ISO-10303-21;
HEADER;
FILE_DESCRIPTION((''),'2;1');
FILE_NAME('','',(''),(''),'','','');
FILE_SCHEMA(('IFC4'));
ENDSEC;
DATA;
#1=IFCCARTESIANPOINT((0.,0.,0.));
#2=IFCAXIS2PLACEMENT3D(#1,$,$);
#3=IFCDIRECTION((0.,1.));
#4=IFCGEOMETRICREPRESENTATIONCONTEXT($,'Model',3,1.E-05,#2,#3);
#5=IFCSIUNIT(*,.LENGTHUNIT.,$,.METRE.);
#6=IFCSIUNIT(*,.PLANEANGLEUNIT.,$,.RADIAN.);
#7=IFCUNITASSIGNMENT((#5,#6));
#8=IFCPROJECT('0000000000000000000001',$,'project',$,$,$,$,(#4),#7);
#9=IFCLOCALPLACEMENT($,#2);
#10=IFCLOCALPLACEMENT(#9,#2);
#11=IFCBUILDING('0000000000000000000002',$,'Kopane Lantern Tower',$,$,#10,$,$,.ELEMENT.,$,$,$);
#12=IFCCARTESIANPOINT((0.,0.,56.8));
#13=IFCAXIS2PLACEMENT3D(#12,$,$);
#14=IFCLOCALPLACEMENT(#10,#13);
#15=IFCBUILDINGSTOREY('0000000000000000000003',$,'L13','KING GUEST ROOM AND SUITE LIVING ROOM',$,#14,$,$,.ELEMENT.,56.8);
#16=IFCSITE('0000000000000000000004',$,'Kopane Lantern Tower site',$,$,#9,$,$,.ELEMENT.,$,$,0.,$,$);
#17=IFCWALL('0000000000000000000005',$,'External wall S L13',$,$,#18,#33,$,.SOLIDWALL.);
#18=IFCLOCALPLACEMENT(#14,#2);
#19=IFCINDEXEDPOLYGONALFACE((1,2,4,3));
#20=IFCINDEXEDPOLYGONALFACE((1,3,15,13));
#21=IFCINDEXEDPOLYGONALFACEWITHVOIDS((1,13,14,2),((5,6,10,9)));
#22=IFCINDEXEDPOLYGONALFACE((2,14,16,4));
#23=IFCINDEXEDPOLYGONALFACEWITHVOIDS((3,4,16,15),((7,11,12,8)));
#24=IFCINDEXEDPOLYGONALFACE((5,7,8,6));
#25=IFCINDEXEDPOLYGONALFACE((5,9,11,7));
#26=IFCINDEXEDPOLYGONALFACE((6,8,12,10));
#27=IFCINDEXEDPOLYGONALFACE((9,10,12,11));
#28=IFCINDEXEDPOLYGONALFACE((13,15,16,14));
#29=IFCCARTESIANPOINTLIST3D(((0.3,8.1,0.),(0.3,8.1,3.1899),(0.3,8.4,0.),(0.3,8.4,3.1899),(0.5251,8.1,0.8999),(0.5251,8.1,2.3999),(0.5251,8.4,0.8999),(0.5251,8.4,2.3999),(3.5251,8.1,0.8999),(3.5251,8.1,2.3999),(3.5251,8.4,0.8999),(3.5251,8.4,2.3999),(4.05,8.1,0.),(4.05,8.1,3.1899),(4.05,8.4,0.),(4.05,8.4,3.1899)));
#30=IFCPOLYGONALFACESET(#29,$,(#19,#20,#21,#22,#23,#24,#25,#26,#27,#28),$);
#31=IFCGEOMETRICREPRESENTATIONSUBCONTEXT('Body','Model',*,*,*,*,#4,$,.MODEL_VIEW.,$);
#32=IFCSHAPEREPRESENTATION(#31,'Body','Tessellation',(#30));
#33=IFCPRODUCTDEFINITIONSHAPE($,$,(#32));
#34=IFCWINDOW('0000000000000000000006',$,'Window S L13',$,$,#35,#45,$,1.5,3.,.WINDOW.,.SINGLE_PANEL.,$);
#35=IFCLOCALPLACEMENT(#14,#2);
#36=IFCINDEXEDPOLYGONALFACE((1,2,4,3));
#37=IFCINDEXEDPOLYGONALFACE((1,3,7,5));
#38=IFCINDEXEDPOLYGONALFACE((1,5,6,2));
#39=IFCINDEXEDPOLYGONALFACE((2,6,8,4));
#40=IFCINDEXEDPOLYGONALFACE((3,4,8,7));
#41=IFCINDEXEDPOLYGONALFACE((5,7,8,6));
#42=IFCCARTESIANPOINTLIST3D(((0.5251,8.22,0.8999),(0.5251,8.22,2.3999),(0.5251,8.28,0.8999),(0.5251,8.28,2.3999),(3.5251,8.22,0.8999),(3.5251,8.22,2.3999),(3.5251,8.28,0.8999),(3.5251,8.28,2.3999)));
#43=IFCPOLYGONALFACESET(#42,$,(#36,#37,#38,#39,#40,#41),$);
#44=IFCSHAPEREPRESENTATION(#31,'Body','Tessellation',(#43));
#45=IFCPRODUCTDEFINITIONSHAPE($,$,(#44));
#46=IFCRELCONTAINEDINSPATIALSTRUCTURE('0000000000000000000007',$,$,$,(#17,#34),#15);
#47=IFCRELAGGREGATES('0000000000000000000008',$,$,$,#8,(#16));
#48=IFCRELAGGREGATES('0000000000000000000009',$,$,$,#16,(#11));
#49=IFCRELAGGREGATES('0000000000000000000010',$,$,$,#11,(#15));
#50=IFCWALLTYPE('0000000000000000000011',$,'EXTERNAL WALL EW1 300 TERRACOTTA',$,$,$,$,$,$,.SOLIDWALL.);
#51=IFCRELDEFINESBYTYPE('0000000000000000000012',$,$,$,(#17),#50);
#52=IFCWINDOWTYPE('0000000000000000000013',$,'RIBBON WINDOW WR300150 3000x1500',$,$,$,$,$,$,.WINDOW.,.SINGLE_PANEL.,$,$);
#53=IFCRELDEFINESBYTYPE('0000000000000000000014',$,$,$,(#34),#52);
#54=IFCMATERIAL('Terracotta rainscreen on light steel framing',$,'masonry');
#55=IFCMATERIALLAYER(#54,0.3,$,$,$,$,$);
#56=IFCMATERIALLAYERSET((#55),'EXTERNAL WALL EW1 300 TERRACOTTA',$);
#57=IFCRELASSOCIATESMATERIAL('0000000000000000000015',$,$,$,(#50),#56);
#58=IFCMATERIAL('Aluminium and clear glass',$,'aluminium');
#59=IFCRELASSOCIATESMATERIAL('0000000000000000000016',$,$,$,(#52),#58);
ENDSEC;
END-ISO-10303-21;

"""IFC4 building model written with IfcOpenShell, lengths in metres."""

from ifc_helpers import new_model, si_unit, direction, frame, frame_2d, origin, place, context, subcontext, project, spatial, rectangle, extrude, material, layer, layer_set, type_object, element, fill, save


model = new_model("IFC4")

# Units and contexts
model_context = context("Model", 3, precision=1e-05, world=origin(), true_north=direction((0.0, 1.0)))
body_context = subcontext(model_context, "Body", "Model", "MODEL_VIEW")
ifc_project = project(units=[si_unit("LENGTHUNIT", "METRE"), si_unit("PLANEANGLEUNIT", "RADIAN")], contexts=[model_context])

# Site, building, storey
site_placement = place(None, origin())
site = spatial("IfcSite", under=ifc_project, at=site_placement, Name="Kopane Lantern Tower site", CompositionType="ELEMENT", RefElevation=0.0)
building_placement = place(site_placement, origin())
building = spatial("IfcBuilding", under=site, at=building_placement, Name="Kopane Lantern Tower", CompositionType="ELEMENT")
storey_placement = place(building_placement, frame((0.0, 0.0, 56.8)))
storey = spatial("IfcBuildingStorey", under=building, at=storey_placement, Name="L13", Description="KING GUEST ROOM AND SUITE LIVING ROOM", CompositionType="ELEMENT", Elevation=56.8)

# Wall, opening, window
ifc_material_1 = material(Name="Terracotta rainscreen on light steel framing", Category="masonry")
ifc_layer_1 = layer(ifc_material_1, 0.3)
ifc_layer_set_1 = layer_set([ifc_layer_1], Name="EXTERNAL WALL EW1 300 TERRACOTTA")
wall_type = type_object("IfcWallType", Name="EXTERNAL WALL EW1 300 TERRACOTTA", PredefinedType="SOLIDWALL", material=ifc_layer_set_1)
wall_placement = place(storey_placement, frame((0.3, 8.25, 0.0), z_axis=(0.0, 0.0, 1.0), x_axis=(1.0, 0.0, 0.0)))
wall = element("IfcWall", 1, at=wall_placement, inside=storey, type_object=wall_type, Name="External wall S L13", PredefinedType="SOLIDWALL", context=body_context, shape_type="SweptSolid", body=[
    extrude(rectangle(XDim=3.75, YDim=0.3, at=frame_2d((1.875, 0.0))), origin(), (0.0, 0.0, 1.0), 3.1899),
])
opening_placement = place(wall_placement, frame((0.2251, 0.0, 0.8999)))
opening = element("IfcOpeningElement", 2, at=opening_placement, cuts=wall, PredefinedType="OPENING", context=body_context, shape_type="SweptSolid", body=[
    extrude(rectangle(XDim=3.0, YDim=1.5, at=frame_2d((1.5, 0.75))), frame((0.0, 0.1599, 0.0), z_axis=(0.0, -1.0, 0.0), x_axis=(1.0, 0.0, 0.0)), (0.0, 0.0, 1.0), 0.3201),
])
ifc_material_2 = material(Name="Aluminium and clear glass", Category="aluminium")
window_type = type_object("IfcWindowType", Name="RIBBON WINDOW WR300150 3000x1500", PartitioningType="SINGLE_PANEL", PredefinedType="WINDOW", material=ifc_material_2)
window_placement = place(opening_placement, origin())
window = element("IfcWindow", 3, at=window_placement, inside=storey, type_object=window_type, Name="Window S L13", OverallHeight=1.5, OverallWidth=3.0, PartitioningType="SINGLE_PANEL", PredefinedType="WINDOW", context=body_context, shape_type="SweptSolid", body=[
    extrude(rectangle(XDim=3.0, YDim=1.5, at=frame_2d((1.5, 0.75))), frame((0.0, 0.03, 0.0), z_axis=(0.0, -1.0, 0.0), x_axis=(1.0, 0.0, 0.0)), (0.0, 0.0, 1.0), 0.0601),
])
fill(opening, window)

save(model, "model.ifc")
